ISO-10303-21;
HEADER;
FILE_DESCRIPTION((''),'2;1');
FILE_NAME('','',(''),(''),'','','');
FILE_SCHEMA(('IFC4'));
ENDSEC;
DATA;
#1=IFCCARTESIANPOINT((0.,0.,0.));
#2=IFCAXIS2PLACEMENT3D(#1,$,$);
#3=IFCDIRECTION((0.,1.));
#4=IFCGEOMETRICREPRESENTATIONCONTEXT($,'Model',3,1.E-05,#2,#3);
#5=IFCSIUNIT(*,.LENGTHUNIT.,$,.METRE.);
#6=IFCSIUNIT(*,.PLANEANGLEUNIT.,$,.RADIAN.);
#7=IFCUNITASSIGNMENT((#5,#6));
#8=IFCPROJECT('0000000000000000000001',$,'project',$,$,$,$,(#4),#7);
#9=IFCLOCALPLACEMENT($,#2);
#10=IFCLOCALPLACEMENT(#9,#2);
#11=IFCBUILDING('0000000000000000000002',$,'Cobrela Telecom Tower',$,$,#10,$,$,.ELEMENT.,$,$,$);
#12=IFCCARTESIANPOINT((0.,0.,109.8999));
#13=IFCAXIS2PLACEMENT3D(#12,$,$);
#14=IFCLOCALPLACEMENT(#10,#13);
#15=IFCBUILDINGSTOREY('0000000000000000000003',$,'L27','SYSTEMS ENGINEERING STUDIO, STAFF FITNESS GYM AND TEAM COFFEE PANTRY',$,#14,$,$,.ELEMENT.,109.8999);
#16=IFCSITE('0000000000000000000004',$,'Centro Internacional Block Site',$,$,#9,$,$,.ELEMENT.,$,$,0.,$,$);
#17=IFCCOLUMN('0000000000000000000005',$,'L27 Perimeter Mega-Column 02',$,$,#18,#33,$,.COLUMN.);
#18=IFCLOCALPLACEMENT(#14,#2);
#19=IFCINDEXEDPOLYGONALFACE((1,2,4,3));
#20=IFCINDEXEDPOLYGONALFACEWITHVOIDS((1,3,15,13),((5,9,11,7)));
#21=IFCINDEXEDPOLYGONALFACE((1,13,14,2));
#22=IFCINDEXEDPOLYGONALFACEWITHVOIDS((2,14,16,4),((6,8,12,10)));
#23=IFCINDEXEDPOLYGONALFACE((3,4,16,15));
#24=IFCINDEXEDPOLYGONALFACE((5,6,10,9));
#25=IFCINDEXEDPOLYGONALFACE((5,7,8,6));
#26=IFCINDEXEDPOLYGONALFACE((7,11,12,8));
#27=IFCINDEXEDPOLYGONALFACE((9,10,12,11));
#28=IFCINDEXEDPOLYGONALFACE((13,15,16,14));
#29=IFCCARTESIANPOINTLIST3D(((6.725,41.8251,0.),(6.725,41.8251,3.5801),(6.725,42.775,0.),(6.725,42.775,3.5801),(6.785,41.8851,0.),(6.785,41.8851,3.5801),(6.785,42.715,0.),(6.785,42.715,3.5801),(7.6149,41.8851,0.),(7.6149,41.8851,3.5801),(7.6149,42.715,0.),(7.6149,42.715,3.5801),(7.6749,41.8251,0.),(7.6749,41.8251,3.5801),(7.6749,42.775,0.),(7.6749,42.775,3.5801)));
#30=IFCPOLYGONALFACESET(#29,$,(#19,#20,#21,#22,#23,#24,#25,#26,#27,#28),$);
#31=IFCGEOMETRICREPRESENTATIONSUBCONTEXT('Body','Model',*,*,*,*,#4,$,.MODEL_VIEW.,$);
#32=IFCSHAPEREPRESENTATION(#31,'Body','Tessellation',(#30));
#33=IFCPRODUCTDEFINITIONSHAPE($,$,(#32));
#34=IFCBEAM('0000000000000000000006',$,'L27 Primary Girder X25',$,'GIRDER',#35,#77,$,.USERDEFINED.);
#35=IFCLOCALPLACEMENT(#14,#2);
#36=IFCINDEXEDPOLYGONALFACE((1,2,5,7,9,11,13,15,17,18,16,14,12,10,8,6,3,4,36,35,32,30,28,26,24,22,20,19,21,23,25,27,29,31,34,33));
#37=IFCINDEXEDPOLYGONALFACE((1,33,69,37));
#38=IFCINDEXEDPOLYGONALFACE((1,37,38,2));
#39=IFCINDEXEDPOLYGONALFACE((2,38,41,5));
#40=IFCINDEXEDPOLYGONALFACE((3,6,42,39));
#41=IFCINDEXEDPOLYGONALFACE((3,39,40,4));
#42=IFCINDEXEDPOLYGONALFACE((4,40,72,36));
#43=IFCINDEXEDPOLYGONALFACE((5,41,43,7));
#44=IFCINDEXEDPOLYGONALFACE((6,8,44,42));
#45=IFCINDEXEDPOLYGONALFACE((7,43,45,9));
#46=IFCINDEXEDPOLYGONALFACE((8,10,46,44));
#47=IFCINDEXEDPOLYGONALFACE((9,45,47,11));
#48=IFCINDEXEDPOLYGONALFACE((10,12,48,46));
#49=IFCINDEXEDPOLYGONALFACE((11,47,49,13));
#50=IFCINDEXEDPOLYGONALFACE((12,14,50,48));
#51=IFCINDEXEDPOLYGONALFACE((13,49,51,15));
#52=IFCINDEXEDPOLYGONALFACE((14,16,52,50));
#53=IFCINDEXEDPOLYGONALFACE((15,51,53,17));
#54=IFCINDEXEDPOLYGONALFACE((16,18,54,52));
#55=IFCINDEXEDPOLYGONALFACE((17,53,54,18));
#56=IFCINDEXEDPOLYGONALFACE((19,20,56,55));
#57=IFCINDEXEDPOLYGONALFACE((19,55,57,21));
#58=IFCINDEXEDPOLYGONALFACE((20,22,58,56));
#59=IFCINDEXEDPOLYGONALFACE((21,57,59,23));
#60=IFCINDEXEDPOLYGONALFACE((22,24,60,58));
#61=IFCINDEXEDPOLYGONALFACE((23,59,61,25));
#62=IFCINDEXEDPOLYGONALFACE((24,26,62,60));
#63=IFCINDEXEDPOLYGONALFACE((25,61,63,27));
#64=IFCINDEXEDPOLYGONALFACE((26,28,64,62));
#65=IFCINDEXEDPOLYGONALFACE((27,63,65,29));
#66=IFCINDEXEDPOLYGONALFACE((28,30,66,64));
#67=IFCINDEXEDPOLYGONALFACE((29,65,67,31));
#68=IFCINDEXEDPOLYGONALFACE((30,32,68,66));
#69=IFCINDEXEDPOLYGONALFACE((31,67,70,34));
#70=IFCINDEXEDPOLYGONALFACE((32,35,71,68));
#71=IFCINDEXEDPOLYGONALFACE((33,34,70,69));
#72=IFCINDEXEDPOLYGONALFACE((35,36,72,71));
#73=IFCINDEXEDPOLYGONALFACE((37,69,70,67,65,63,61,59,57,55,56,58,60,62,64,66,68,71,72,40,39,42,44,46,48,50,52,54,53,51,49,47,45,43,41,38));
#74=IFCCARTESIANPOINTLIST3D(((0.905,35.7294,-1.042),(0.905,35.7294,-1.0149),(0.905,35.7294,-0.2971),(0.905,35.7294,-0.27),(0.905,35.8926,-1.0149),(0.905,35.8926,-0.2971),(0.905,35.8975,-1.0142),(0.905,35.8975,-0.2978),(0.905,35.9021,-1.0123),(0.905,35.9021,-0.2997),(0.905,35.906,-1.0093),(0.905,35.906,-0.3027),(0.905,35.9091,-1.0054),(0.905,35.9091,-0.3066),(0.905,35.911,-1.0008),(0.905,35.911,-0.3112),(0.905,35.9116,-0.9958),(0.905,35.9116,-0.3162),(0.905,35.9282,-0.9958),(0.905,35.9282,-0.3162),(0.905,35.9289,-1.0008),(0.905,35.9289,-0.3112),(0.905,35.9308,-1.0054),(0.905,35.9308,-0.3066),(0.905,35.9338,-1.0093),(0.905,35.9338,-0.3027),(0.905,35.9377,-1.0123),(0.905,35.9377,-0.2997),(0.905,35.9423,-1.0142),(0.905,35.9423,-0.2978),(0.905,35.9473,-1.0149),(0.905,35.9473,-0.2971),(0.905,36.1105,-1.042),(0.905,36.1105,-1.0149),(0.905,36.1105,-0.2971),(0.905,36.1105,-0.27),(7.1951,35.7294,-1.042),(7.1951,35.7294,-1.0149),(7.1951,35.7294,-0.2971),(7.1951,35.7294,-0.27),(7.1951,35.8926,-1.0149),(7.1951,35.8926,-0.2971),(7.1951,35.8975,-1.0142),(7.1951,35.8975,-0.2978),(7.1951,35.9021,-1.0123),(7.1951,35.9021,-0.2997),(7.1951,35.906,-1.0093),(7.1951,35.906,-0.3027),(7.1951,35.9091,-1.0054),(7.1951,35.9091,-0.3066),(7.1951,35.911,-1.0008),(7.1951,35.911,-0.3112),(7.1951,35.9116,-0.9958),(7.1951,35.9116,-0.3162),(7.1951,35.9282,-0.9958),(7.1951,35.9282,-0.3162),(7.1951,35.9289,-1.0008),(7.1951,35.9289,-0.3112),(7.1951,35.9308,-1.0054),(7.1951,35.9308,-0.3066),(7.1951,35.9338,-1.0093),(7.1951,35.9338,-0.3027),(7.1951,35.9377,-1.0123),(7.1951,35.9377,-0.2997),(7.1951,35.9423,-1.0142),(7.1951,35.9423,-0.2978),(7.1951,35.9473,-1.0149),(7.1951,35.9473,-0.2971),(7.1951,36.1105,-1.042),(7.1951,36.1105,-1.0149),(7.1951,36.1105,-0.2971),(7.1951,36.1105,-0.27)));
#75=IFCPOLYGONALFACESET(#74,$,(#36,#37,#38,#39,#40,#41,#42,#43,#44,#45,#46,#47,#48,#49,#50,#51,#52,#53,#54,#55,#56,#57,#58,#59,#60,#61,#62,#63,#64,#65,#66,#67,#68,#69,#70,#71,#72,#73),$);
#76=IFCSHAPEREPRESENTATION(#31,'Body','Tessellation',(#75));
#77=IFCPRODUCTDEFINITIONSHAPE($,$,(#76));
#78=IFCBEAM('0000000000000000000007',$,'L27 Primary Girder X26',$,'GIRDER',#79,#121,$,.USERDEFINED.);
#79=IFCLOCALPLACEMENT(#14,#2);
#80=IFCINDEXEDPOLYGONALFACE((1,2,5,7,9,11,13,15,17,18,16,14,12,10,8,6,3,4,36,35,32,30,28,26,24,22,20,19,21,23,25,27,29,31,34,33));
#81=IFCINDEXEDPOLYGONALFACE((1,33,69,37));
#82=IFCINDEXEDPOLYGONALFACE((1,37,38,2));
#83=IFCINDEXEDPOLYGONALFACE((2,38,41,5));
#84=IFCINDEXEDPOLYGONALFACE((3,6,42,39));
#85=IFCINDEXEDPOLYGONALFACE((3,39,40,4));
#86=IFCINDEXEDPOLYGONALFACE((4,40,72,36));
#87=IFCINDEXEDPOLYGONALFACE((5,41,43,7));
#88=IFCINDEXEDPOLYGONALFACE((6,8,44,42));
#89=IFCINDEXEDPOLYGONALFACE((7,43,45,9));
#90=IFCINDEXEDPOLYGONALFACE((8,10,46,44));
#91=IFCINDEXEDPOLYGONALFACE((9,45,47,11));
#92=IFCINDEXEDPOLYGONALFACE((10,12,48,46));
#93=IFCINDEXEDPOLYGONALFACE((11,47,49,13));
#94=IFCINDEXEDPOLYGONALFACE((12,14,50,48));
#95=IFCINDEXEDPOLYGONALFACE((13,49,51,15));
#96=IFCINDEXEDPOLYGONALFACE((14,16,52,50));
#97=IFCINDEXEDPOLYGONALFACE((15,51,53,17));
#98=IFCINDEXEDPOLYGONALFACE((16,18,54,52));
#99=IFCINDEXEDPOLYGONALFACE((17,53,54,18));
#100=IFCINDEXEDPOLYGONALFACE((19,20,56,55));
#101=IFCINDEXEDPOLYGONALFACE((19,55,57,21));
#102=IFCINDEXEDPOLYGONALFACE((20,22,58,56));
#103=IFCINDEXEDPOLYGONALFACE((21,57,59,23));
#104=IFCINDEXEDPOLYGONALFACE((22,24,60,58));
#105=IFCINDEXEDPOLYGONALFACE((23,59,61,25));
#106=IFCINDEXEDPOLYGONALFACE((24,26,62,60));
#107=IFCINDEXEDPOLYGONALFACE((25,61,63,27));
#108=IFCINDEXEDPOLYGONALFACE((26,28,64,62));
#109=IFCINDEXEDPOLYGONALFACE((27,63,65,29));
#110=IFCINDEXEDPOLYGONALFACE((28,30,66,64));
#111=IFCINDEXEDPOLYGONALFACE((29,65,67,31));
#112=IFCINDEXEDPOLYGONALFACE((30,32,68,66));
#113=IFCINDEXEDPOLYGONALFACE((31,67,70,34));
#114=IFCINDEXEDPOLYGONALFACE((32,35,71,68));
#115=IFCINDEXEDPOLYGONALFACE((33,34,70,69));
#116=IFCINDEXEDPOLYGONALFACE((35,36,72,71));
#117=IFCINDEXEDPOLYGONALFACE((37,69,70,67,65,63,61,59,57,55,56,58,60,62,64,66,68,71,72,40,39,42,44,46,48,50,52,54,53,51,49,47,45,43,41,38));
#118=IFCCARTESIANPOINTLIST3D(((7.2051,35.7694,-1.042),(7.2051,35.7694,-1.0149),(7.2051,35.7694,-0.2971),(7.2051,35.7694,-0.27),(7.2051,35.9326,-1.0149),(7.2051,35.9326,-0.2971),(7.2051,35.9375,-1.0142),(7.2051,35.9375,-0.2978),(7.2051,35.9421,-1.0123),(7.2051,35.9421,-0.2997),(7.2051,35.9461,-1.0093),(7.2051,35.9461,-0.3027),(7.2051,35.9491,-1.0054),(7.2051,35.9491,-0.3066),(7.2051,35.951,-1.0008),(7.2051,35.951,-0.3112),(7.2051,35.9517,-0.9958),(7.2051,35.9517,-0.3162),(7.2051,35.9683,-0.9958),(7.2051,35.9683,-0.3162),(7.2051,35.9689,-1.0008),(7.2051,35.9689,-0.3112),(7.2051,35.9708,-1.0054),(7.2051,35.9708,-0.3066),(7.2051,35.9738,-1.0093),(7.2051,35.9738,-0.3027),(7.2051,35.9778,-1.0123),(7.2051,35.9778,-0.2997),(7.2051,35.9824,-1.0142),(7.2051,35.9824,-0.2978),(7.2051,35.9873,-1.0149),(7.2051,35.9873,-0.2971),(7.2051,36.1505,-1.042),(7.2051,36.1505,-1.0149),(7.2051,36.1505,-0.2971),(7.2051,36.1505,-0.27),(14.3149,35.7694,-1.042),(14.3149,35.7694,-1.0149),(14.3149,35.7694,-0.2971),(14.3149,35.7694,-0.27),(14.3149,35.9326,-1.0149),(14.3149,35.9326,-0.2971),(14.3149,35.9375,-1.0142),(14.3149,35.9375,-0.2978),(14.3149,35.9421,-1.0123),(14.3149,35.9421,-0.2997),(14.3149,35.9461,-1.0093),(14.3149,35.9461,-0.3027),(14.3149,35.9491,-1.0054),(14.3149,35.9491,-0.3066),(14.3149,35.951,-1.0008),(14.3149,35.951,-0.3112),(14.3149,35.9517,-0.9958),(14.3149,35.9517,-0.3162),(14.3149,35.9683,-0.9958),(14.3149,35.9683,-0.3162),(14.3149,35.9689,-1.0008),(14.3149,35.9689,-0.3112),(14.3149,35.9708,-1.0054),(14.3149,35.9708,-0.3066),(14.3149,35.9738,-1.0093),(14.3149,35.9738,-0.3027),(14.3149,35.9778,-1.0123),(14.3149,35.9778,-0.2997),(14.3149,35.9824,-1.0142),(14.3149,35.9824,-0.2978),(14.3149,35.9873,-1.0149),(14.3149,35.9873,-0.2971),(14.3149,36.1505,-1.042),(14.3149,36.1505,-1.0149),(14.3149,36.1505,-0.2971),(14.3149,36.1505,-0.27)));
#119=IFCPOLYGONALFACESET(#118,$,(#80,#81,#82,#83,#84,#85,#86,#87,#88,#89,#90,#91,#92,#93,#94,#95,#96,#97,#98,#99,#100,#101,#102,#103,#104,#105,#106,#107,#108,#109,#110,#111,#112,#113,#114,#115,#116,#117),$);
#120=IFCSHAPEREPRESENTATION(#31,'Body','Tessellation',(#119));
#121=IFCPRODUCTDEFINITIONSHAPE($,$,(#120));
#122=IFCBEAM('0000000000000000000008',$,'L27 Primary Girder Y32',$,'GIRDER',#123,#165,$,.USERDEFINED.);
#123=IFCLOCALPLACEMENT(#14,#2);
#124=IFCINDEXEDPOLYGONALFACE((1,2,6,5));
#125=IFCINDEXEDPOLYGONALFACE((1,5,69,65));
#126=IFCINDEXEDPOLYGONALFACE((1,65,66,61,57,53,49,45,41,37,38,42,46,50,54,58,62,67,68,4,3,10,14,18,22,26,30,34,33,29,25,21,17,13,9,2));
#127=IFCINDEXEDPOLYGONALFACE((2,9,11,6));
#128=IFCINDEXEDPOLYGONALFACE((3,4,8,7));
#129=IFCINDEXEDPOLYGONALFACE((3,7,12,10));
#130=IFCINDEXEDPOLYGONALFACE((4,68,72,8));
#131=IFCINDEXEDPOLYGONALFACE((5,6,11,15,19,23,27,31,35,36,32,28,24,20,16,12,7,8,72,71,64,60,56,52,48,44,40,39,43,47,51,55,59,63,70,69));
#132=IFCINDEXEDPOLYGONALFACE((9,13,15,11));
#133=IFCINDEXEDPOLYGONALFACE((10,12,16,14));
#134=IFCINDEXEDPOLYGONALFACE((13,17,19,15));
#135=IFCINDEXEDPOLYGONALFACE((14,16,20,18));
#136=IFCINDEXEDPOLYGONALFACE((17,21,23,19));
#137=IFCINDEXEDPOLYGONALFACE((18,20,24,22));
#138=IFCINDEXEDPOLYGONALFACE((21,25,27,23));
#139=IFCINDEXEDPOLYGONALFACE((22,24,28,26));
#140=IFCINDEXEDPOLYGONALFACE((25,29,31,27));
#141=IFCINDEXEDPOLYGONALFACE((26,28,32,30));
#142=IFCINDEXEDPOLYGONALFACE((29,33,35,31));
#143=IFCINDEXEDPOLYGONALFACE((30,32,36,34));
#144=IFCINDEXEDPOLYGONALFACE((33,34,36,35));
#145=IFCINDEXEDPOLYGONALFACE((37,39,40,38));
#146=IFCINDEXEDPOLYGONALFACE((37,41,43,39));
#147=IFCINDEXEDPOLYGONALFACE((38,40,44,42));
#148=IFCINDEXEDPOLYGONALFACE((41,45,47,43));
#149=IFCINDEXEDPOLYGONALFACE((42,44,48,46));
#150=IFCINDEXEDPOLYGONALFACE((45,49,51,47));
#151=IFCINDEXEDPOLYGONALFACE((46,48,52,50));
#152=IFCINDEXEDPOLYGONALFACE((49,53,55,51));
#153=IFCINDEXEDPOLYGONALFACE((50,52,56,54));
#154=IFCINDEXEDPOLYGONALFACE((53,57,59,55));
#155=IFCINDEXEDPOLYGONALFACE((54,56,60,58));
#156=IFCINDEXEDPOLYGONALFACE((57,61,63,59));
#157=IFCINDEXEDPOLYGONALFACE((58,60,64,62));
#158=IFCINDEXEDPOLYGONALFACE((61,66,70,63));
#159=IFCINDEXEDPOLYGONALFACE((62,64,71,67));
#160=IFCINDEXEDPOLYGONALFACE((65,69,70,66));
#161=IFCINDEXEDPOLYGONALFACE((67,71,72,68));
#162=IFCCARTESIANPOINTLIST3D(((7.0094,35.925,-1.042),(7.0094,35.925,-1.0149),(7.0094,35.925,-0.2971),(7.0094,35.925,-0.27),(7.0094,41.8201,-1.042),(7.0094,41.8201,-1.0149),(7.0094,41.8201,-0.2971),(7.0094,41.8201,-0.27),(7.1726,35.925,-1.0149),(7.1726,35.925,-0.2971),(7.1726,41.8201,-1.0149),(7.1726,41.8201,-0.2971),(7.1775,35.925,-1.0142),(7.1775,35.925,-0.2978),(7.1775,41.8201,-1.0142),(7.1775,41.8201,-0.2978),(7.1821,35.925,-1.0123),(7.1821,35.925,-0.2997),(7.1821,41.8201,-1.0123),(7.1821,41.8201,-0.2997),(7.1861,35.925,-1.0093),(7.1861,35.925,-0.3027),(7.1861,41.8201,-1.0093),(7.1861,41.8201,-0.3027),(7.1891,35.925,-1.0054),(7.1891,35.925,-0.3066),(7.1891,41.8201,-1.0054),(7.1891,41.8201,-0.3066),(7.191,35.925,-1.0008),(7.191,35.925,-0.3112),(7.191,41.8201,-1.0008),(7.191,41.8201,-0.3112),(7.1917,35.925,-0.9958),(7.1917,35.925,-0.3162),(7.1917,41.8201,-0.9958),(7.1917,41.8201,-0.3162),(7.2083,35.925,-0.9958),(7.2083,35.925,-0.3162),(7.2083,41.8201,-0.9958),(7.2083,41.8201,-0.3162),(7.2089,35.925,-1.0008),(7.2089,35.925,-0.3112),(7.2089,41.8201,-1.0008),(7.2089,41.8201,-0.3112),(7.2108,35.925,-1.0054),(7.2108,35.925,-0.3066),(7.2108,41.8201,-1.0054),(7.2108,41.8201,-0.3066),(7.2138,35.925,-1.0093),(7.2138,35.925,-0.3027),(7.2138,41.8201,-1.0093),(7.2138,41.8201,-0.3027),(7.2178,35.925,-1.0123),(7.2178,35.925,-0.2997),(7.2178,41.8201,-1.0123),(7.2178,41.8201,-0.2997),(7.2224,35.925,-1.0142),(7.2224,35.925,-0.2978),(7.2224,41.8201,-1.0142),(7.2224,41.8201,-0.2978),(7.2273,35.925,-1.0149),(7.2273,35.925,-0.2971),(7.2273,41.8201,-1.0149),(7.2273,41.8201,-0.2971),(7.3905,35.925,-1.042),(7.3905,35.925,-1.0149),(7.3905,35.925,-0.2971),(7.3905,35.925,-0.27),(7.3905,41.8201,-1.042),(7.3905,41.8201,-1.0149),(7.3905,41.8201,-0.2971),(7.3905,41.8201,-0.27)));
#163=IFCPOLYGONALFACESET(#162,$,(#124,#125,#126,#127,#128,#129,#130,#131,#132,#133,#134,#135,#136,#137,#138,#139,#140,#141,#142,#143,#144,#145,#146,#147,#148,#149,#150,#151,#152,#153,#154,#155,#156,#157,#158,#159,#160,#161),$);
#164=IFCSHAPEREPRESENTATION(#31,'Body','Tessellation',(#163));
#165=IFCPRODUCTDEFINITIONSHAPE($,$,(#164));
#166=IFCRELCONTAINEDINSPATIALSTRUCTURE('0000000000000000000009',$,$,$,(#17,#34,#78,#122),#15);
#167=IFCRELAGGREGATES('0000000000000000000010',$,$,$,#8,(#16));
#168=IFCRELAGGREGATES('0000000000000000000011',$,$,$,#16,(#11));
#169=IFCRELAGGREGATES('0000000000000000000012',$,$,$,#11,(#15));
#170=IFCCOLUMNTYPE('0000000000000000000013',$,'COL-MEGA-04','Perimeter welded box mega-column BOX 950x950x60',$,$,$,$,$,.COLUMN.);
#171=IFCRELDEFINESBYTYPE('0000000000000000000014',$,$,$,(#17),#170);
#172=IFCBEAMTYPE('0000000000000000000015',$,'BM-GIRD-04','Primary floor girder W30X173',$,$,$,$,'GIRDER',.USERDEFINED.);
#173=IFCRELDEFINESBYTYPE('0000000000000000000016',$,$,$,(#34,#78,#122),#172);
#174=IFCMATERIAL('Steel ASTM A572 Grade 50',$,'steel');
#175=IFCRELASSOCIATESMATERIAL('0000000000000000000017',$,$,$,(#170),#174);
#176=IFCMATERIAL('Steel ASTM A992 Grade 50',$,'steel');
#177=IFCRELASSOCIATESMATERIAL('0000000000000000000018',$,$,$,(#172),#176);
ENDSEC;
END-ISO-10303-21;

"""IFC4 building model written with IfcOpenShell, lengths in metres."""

from ifc_helpers import new_model, si_unit, direction, frame, origin, origin_2d, place, context, subcontext, project, spatial, hollow_rectangle, i_section, extrude, material, material_profile, profile_set, type_object, element, save


model = new_model("IFC4")

# Units and contexts
model_context = context("Model", 3, precision=1e-05, world=origin(), true_north=direction((0.0, 1.0)))
body_context = subcontext(model_context, "Body", "Model", "MODEL_VIEW")
ifc_project = project(units=[si_unit("LENGTHUNIT", "METRE"), si_unit("PLANEANGLEUNIT", "RADIAN")], contexts=[model_context])

# Site, building, storey
site_placement = place(None, origin())
site = spatial("IfcSite", under=ifc_project, at=site_placement, Name="Centro Internacional Block Site", CompositionType="ELEMENT", RefElevation=0.0)
building_placement = place(site_placement, origin())
building = spatial("IfcBuilding", under=site, at=building_placement, Name="Cobrela Telecom Tower", CompositionType="ELEMENT")
storey_placement = place(building_placement, frame((0.0, 0.0, 109.8999)))
storey = spatial("IfcBuildingStorey", under=building, at=storey_placement, Name="L27", Description="SYSTEMS ENGINEERING STUDIO, STAFF FITNESS GYM AND TEAM COFFEE PANTRY", CompositionType="ELEMENT", Elevation=109.8999)

# Column
ifc_material_1 = material(Name="Steel ASTM A572 Grade 50", Category="steel")
ifc_material_profile_1 = material_profile(ifc_material_1, hollow_rectangle(XDim=0.95, YDim=0.95, WallThickness=0.0601, at=origin_2d()), Name="BOX 950x950x60")
ifc_profile_set_1 = profile_set([ifc_material_profile_1], Name="Steel ASTM A572 Grade 50")
column_type = type_object("IfcColumnType", Name="COL-MEGA-04", Description="Perimeter welded box mega-column BOX 950x950x60", PredefinedType="COLUMN", material=ifc_profile_set_1)
column_placement = place(storey_placement, frame((7.2, 42.3, 0.0), z_axis=(0.0, 0.0, 1.0), x_axis=(1.0, 0.0, 0.0)))
element("IfcColumn", 1, at=column_placement, inside=storey, type_object=column_type, Name="L27 Perimeter Mega-Column 02", PredefinedType="COLUMN", context=body_context, shape_type="SweptSolid", body=[
    extrude(hollow_rectangle(XDim=0.95, YDim=0.95, WallThickness=0.0601, at=origin_2d()), origin(), (0.0, 0.0, 1.0), 3.5801),
])

# Beams
ifc_material_2 = material(Name="Steel ASTM A992 Grade 50", Category="steel")
ifc_material_profile_2 = material_profile(ifc_material_2, i_section(OverallWidth=0.3811, OverallDepth=0.772, WebThickness=0.0166, FlangeThickness=0.0271, FilletRadius=0.019, at=origin_2d()), Name="W30X173")
ifc_profile_set_2 = profile_set([ifc_material_profile_2], Name="Steel ASTM A992 Grade 50")
beam_type_1 = type_object("IfcBeamType", Name="BM-GIRD-04", Description="Primary floor girder W30X173", ElementType="GIRDER", PredefinedType="USERDEFINED", material=ifc_profile_set_2)
beam_1_placement = place(storey_placement, frame((0.905, 35.9199, -0.656), z_axis=(1.0, 0.0, 0.0), x_axis=(0.0, 1.0, 0.0)))
element("IfcBeam", 2, at=beam_1_placement, inside=storey, type_object=beam_type_1, Name="L27 Primary Girder X25", ObjectType="GIRDER", PredefinedType="USERDEFINED", context=body_context, shape_type="SweptSolid", body=[
    extrude(i_section(OverallWidth=0.3811, OverallDepth=0.772, WebThickness=0.0166, FlangeThickness=0.0271, FilletRadius=0.019, at=origin_2d()), origin(), (0.0, 0.0, 1.0), 6.29),
])
beam_2_placement = place(storey_placement, frame((7.2051, 35.96, -0.656), z_axis=(1.0, 0.0, 0.0), x_axis=(0.0, 1.0, 0.0)))
element("IfcBeam", 3, at=beam_2_placement, inside=storey, type_object=beam_type_1, Name="L27 Primary Girder X26", ObjectType="GIRDER", PredefinedType="USERDEFINED", context=body_context, shape_type="SweptSolid", body=[
    extrude(i_section(OverallWidth=0.3811, OverallDepth=0.772, WebThickness=0.0166, FlangeThickness=0.0271, FilletRadius=0.019, at=origin_2d()), origin(), (0.0, 0.0, 1.0), 7.1099),
])
beam_3_placement = place(storey_placement, frame((7.2, 35.925, -0.656), z_axis=(0.0, 1.0, 0.0), x_axis=(-1.0, 0.0, 0.0)))
element("IfcBeam", 4, at=beam_3_placement, inside=storey, type_object=beam_type_1, Name="L27 Primary Girder Y32", ObjectType="GIRDER", PredefinedType="USERDEFINED", context=body_context, shape_type="SweptSolid", body=[
    extrude(i_section(OverallWidth=0.3811, OverallDepth=0.772, WebThickness=0.0166, FlangeThickness=0.0271, FilletRadius=0.019, at=origin_2d()), origin(), (0.0, 0.0, 1.0), 5.895),
])

save(model, "model.ifc")
